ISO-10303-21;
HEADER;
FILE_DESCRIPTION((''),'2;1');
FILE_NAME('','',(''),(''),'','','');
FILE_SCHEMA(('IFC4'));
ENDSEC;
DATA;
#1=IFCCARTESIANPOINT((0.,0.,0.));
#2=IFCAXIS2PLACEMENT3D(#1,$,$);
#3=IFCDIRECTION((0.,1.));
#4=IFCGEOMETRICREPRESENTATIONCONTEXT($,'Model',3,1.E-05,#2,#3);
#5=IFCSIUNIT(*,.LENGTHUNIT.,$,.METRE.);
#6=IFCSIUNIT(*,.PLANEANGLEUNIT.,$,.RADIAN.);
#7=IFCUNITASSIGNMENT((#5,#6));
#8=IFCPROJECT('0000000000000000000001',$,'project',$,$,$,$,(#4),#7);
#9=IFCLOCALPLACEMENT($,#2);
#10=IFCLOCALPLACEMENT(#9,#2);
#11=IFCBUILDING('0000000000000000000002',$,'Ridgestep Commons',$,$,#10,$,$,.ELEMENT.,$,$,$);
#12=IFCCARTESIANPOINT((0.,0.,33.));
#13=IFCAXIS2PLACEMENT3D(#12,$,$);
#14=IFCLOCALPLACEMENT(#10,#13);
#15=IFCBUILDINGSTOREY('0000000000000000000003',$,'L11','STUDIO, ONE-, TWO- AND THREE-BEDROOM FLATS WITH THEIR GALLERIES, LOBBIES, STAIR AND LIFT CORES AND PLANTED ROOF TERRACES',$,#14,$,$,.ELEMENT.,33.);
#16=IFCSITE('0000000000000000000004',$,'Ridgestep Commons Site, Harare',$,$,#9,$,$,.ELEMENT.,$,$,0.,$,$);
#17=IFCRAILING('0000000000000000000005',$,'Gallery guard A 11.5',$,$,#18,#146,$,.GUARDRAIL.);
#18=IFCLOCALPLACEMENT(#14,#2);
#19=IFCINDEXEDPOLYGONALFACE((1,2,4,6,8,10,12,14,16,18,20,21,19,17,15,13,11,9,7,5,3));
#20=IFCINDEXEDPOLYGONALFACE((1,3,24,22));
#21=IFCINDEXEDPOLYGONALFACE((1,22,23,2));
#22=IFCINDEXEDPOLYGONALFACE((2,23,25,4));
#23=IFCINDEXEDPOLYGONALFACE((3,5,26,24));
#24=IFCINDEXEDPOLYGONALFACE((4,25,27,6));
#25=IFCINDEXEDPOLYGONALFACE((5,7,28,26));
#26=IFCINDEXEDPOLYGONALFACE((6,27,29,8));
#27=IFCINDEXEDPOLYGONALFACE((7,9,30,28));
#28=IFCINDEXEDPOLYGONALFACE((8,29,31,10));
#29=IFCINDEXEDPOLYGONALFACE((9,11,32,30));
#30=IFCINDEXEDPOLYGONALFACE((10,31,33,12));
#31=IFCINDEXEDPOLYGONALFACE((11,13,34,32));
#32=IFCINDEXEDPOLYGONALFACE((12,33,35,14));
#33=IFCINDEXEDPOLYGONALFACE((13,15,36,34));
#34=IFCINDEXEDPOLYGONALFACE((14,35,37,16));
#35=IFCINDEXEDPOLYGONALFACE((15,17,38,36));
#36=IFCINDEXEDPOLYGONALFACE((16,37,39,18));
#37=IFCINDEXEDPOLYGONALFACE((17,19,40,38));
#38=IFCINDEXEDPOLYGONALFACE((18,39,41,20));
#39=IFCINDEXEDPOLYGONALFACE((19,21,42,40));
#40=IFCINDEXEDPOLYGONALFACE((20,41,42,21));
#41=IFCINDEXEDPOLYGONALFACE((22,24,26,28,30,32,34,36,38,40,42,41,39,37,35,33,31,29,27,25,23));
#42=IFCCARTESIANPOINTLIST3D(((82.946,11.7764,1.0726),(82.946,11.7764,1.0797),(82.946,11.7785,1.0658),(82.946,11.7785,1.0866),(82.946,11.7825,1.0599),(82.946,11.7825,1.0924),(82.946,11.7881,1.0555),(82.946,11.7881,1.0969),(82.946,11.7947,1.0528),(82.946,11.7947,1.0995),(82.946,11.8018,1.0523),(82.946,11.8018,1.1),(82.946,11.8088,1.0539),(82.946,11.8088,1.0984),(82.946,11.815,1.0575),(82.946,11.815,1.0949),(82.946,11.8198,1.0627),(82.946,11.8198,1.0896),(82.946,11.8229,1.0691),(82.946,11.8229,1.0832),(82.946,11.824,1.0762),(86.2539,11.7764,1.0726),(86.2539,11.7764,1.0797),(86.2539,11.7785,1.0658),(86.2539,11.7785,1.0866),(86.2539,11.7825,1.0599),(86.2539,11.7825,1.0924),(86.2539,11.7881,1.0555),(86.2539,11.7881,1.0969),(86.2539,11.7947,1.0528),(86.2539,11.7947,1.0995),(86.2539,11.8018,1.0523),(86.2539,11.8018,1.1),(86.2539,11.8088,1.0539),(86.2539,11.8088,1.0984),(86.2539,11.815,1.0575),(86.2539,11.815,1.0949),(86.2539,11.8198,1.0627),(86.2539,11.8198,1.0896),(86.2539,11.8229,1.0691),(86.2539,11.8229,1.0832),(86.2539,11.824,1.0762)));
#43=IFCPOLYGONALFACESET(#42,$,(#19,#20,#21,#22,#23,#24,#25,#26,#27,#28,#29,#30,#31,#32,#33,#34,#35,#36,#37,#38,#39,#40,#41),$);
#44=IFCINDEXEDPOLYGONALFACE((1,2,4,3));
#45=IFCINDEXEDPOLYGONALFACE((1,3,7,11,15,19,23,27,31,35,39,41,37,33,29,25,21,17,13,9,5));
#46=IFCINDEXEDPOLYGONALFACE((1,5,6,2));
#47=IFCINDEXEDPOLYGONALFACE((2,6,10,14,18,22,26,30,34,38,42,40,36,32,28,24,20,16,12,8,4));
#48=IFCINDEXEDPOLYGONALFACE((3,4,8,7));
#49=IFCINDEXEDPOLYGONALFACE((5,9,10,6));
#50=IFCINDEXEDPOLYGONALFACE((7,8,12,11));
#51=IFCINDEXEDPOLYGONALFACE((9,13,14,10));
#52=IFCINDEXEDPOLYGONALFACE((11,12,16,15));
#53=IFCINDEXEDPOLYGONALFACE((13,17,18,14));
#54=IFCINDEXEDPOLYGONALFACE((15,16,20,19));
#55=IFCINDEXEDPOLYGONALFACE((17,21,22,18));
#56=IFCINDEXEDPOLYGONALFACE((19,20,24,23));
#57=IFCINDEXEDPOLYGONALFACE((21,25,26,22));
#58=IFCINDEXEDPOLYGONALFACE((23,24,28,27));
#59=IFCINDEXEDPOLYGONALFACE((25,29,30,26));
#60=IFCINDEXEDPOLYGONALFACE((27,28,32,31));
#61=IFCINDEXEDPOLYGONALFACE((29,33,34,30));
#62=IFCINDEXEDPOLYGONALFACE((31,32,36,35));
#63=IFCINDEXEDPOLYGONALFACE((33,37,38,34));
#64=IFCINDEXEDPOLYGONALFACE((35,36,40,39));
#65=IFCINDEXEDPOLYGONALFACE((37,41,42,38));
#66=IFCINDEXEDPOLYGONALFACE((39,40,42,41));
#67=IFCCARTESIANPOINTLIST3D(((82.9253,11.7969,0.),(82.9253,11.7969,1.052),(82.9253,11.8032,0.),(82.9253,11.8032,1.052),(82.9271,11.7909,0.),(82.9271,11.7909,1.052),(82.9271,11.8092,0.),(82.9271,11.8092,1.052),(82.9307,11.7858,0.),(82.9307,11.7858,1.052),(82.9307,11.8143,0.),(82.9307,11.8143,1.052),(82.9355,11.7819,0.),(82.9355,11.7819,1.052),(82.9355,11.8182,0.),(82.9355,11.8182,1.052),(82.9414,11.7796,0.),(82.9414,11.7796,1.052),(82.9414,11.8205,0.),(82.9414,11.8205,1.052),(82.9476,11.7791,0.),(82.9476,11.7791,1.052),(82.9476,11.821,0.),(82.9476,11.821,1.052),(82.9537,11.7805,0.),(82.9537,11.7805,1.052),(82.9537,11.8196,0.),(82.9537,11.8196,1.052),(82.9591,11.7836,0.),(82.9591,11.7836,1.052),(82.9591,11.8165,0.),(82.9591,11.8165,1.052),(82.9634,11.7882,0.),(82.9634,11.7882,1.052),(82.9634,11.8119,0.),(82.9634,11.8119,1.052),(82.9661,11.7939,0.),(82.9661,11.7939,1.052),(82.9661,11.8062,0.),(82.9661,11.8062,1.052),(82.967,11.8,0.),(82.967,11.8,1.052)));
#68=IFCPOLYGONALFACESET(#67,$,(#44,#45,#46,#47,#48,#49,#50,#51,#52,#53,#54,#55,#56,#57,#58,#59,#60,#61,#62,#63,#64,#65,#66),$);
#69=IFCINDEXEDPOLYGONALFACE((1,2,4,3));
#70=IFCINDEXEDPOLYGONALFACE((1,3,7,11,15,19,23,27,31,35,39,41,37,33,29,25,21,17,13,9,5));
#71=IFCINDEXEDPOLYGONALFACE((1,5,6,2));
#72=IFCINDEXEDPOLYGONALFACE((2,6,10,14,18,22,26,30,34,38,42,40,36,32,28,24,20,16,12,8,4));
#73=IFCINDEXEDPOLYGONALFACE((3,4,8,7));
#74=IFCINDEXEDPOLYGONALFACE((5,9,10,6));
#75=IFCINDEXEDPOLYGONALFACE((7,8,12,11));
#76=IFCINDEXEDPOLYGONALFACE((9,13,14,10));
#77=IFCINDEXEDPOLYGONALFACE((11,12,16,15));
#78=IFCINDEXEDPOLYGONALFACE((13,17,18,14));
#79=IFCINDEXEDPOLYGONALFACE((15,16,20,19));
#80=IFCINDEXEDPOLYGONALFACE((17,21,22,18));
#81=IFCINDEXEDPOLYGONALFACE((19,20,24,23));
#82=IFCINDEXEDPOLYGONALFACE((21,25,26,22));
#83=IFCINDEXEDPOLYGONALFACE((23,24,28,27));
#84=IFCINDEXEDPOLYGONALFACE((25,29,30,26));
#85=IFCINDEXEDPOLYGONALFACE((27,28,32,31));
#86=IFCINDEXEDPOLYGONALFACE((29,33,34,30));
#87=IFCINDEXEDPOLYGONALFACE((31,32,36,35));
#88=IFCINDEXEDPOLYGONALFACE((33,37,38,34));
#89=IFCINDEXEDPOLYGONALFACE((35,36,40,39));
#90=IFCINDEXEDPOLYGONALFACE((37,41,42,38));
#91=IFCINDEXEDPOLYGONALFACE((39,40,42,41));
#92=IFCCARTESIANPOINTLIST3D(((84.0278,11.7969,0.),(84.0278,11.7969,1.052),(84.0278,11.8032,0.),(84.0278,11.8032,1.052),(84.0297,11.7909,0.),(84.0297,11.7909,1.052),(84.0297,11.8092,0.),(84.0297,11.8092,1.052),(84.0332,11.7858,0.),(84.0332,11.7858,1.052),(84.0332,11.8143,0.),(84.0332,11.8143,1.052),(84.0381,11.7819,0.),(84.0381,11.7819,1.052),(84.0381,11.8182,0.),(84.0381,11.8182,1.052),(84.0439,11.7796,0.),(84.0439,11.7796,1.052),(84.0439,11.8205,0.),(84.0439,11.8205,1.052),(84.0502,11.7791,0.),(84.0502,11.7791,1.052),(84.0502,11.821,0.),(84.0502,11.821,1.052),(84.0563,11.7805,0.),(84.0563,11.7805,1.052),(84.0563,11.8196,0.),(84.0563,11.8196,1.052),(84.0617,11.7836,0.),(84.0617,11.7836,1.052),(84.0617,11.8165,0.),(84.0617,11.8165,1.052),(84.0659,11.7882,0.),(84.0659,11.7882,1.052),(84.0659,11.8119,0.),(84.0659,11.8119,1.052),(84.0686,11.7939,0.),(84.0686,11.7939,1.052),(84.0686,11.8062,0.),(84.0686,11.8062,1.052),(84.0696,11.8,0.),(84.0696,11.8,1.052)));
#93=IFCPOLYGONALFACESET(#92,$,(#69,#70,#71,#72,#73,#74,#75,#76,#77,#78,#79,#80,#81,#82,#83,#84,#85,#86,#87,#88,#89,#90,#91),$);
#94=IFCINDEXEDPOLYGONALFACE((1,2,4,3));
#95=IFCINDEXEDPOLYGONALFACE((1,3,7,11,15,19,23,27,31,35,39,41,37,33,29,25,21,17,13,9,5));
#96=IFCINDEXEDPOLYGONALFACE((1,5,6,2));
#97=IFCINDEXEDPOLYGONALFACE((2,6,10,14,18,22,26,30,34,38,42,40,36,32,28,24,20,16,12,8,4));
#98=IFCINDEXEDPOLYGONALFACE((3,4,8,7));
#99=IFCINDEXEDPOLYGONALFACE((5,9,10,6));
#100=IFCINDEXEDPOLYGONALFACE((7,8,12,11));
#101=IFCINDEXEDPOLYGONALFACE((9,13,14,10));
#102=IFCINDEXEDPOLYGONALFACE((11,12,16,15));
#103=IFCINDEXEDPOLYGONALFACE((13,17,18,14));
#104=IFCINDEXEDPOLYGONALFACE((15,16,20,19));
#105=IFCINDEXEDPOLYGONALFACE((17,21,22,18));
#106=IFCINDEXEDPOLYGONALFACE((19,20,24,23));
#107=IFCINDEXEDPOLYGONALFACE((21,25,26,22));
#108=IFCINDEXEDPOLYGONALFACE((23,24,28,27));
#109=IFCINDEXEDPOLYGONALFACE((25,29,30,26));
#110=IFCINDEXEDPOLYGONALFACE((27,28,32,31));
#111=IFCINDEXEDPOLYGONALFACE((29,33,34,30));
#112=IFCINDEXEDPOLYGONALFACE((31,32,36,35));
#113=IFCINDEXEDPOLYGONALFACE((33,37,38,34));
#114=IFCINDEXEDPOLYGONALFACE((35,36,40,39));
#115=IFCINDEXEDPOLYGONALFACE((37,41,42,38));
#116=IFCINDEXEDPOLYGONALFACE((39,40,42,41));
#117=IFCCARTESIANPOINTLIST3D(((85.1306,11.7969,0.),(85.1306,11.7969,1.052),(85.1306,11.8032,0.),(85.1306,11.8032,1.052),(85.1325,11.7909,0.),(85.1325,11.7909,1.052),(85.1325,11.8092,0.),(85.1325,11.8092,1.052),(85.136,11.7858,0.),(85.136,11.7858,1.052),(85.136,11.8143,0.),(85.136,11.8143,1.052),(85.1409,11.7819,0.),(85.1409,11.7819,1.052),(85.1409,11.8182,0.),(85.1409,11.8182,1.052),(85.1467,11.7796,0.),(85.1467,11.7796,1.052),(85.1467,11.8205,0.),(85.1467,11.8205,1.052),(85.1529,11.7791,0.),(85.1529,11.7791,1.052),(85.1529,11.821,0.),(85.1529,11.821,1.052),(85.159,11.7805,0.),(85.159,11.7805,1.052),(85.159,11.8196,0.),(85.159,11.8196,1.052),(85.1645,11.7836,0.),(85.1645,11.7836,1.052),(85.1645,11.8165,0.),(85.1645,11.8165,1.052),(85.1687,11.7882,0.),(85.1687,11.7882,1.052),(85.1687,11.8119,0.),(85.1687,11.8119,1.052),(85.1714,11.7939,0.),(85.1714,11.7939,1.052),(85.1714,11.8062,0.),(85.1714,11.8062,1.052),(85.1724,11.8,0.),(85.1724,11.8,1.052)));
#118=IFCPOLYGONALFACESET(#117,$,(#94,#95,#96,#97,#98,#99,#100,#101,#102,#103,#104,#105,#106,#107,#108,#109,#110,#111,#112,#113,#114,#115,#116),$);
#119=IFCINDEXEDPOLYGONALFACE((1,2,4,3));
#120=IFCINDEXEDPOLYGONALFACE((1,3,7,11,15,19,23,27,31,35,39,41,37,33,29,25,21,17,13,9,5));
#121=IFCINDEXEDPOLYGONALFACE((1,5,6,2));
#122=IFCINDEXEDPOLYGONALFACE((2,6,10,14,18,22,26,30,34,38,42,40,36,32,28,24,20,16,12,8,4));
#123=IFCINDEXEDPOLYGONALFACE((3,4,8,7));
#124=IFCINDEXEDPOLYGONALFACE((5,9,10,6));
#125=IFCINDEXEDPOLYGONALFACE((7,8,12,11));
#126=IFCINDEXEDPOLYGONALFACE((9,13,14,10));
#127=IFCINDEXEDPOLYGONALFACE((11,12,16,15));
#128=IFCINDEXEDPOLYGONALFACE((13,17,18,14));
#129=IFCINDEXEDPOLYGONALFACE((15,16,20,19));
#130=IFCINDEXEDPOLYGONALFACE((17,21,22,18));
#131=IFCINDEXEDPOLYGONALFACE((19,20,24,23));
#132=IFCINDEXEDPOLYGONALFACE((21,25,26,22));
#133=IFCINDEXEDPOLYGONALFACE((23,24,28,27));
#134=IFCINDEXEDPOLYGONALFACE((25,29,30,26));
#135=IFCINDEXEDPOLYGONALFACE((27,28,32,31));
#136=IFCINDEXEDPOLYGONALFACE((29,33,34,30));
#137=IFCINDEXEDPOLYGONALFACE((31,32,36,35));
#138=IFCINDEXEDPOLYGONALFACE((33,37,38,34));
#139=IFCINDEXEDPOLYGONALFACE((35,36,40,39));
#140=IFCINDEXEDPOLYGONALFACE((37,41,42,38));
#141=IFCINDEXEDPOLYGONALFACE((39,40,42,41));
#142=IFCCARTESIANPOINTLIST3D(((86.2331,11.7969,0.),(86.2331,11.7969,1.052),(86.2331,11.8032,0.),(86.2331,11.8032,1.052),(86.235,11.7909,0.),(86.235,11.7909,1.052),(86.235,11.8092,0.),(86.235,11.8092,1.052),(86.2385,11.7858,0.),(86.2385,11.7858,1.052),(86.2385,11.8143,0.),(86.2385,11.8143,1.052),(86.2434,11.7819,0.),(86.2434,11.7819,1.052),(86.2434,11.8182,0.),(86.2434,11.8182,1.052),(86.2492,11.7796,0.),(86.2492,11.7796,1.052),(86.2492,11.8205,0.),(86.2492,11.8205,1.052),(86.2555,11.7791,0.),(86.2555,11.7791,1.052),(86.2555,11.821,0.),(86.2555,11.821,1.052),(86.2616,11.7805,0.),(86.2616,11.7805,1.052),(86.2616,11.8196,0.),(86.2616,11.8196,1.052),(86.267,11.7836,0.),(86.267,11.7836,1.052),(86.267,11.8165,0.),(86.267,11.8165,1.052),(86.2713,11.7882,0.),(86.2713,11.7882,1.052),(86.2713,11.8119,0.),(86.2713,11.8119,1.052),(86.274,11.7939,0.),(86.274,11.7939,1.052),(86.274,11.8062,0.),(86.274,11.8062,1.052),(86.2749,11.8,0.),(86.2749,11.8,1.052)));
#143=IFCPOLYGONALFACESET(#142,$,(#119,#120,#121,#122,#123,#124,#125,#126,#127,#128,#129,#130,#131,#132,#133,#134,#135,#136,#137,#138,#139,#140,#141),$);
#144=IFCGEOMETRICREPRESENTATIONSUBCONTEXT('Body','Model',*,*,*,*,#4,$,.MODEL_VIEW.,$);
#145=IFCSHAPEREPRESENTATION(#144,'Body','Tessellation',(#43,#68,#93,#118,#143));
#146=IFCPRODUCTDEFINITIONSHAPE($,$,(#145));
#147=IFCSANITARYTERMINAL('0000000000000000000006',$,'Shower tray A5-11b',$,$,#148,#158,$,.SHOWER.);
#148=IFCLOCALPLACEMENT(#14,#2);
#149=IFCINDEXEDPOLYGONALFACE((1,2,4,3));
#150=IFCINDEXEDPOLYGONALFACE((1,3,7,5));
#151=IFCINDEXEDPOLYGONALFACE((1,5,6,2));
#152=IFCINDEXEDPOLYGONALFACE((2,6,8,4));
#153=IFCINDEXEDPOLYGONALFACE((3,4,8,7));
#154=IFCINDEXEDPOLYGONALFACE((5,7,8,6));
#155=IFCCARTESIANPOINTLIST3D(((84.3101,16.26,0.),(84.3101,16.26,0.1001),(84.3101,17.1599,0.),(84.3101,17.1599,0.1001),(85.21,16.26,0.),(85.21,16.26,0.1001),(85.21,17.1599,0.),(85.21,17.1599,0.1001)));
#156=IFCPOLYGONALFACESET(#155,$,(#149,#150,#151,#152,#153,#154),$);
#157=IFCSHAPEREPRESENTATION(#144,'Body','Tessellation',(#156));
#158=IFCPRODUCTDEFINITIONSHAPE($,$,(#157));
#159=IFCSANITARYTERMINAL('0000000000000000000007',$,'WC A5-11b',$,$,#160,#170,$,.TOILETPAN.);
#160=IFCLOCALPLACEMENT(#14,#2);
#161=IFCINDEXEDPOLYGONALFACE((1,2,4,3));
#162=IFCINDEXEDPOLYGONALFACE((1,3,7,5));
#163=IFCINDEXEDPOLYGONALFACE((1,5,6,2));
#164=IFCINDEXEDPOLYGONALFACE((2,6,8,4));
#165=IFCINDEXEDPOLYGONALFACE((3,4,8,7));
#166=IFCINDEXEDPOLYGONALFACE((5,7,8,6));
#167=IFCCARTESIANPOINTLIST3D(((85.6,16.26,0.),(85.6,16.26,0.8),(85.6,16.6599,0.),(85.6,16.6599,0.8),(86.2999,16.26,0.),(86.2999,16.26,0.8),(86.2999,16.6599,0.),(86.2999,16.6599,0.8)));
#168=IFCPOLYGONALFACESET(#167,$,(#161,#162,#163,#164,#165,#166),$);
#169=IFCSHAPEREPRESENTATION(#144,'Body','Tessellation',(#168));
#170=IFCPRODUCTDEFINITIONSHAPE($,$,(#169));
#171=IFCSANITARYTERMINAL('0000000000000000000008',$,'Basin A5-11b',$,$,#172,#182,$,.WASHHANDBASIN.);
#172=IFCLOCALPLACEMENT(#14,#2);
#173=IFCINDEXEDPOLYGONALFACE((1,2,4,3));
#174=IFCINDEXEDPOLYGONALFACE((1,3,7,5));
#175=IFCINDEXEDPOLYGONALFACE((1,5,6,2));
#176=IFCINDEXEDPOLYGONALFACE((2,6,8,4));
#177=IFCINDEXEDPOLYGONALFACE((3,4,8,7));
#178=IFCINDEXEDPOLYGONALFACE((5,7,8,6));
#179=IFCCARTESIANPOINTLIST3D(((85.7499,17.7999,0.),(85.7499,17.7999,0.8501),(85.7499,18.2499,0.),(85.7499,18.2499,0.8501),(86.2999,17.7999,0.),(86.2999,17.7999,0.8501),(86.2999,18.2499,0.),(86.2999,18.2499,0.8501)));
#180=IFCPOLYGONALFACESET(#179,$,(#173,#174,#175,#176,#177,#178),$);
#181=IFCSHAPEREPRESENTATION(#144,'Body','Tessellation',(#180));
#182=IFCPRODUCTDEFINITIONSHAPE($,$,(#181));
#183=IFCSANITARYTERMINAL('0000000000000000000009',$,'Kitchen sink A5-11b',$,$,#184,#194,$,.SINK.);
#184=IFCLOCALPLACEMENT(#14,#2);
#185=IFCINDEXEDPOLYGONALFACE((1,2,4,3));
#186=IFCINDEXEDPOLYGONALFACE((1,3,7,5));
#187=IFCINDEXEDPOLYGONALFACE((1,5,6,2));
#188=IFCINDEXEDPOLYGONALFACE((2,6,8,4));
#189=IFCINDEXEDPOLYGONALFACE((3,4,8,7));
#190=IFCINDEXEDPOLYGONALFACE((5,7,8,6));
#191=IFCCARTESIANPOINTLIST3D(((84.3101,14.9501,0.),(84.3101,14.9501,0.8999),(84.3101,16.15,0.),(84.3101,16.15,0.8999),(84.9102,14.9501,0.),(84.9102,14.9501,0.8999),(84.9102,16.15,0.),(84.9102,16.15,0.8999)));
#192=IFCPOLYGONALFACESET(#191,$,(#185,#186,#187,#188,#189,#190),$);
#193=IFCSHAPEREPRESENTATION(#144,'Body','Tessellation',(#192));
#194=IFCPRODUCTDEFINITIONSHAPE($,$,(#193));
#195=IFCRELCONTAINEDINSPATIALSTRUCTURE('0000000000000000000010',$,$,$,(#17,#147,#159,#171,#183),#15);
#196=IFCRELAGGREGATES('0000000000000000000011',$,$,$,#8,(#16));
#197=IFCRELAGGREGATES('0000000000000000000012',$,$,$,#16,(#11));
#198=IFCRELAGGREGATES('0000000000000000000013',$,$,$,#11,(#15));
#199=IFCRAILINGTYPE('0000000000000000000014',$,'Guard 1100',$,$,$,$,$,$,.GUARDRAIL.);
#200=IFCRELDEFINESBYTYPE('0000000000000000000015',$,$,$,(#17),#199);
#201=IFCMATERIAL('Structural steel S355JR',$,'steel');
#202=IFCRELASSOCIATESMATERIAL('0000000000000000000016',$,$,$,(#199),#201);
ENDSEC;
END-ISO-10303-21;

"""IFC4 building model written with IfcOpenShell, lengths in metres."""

from ifc_helpers import new_model, si_unit, direction, frame, origin, origin_2d, place, context, subcontext, project, spatial, rectangle, circle, extrude, material, type_object, element, save


model = new_model("IFC4")

# Units and contexts
model_context = context("Model", 3, precision=1e-05, world=origin(), true_north=direction((0.0, 1.0)))
body_context = subcontext(model_context, "Body", "Model", "MODEL_VIEW")
ifc_project = project(units=[si_unit("LENGTHUNIT", "METRE"), si_unit("PLANEANGLEUNIT", "RADIAN")], contexts=[model_context])

# Site, building, storey
site_placement = place(None, origin())
site = spatial("IfcSite", under=ifc_project, at=site_placement, Name="Ridgestep Commons Site, Harare", CompositionType="ELEMENT", RefElevation=0.0)
building_placement = place(site_placement, origin())
building = spatial("IfcBuilding", under=site, at=building_placement, Name="Ridgestep Commons", CompositionType="ELEMENT")
storey_placement = place(building_placement, frame((0.0, 0.0, 33.0)))
storey = spatial("IfcBuildingStorey", under=building, at=storey_placement, Name="L11", Description="STUDIO, ONE-, TWO- AND THREE-BEDROOM FLATS WITH THEIR GALLERIES, LOBBIES, STAIR AND LIFT CORES AND PLANTED ROOF TERRACES", CompositionType="ELEMENT", Elevation=33.0)

# Railing
ifc_material_1 = material(Name="Structural steel S355JR", Category="steel")
railing_type = type_object("IfcRailingType", Name="Guard 1100", PredefinedType="GUARDRAIL", material=ifc_material_1)
railing_placement = place(storey_placement, frame((82.946, 11.8, 0.0)))
element("IfcRailing", 1, at=railing_placement, inside=storey, type_object=railing_type, Name="Gallery guard A 11.5", PredefinedType="GUARDRAIL", context=body_context, shape_type="SweptSolid", body=[
    extrude(circle(Radius=0.0239, at=origin_2d()), frame((0.0, 0.0, 1.0762), z_axis=(1.0, 0.0, 0.0), x_axis=(0.0, 1.0, 0.0)), (0.0, 0.0, 1.0), 3.3079),
    extrude(circle(Radius=0.021, at=origin_2d()), origin(), (0.0, 0.0, 1.0), 1.052),
    extrude(circle(Radius=0.021, at=origin_2d()), frame((1.1025, 0.0, 0.0)), (0.0, 0.0, 1.0), 1.052),
    extrude(circle(Radius=0.021, at=origin_2d()), frame((2.2053, 0.0, 0.0)), (0.0, 0.0, 1.0), 1.052),
    extrude(circle(Radius=0.021, at=origin_2d()), frame((3.3079, 0.0, 0.0)), (0.0, 0.0, 1.0), 1.052),
])

# Sanitary terminals
sanitary_terminal_1_placement = place(storey_placement, frame((84.76, 16.71, 0.0), z_axis=(0.0, 0.0, 1.0), x_axis=(1.0, 0.0, 0.0)))
element("IfcSanitaryTerminal", 2, at=sanitary_terminal_1_placement, inside=storey, Name="Shower tray A5-11b", PredefinedType="SHOWER", context=body_context, shape_type="SweptSolid", body=[
    extrude(rectangle(XDim=0.8999, YDim=0.8999, at=origin_2d()), origin(), (0.0, 0.0, 1.0), 0.1001),
])
sanitary_terminal_2_placement = place(storey_placement, frame((85.95, 16.46, 0.0), z_axis=(0.0, 0.0, 1.0), x_axis=(1.0, 0.0, 0.0)))
element("IfcSanitaryTerminal", 3, at=sanitary_terminal_2_placement, inside=storey, Name="WC A5-11b", PredefinedType="TOILETPAN", context=body_context, shape_type="SweptSolid", body=[
    extrude(rectangle(XDim=0.7, YDim=0.3999, at=origin_2d()), origin(), (0.0, 0.0, 1.0), 0.8),
])
sanitary_terminal_3_placement = place(storey_placement, frame((86.0249, 18.0249, 0.0), z_axis=(0.0, 0.0, 1.0), x_axis=(1.0, 0.0, 0.0)))
element("IfcSanitaryTerminal", 4, at=sanitary_terminal_3_placement, inside=storey, Name="Basin A5-11b", PredefinedType="WASHHANDBASIN", context=body_context, shape_type="SweptSolid", body=[
    extrude(rectangle(XDim=0.55, YDim=0.45, at=origin_2d()), origin(), (0.0, 0.0, 1.0), 0.8501),
])
sanitary_terminal_4_placement = place(storey_placement, frame((84.6101, 15.55, 0.0), z_axis=(0.0, 0.0, 1.0), x_axis=(1.0, 0.0, 0.0)))
element("IfcSanitaryTerminal", 5, at=sanitary_terminal_4_placement, inside=storey, Name="Kitchen sink A5-11b", PredefinedType="SINK", context=body_context, shape_type="SweptSolid", body=[
    extrude(rectangle(XDim=0.6001, YDim=1.2, at=origin_2d()), origin(), (0.0, 0.0, 1.0), 0.8999),
])

save(model, "model.ifc")
